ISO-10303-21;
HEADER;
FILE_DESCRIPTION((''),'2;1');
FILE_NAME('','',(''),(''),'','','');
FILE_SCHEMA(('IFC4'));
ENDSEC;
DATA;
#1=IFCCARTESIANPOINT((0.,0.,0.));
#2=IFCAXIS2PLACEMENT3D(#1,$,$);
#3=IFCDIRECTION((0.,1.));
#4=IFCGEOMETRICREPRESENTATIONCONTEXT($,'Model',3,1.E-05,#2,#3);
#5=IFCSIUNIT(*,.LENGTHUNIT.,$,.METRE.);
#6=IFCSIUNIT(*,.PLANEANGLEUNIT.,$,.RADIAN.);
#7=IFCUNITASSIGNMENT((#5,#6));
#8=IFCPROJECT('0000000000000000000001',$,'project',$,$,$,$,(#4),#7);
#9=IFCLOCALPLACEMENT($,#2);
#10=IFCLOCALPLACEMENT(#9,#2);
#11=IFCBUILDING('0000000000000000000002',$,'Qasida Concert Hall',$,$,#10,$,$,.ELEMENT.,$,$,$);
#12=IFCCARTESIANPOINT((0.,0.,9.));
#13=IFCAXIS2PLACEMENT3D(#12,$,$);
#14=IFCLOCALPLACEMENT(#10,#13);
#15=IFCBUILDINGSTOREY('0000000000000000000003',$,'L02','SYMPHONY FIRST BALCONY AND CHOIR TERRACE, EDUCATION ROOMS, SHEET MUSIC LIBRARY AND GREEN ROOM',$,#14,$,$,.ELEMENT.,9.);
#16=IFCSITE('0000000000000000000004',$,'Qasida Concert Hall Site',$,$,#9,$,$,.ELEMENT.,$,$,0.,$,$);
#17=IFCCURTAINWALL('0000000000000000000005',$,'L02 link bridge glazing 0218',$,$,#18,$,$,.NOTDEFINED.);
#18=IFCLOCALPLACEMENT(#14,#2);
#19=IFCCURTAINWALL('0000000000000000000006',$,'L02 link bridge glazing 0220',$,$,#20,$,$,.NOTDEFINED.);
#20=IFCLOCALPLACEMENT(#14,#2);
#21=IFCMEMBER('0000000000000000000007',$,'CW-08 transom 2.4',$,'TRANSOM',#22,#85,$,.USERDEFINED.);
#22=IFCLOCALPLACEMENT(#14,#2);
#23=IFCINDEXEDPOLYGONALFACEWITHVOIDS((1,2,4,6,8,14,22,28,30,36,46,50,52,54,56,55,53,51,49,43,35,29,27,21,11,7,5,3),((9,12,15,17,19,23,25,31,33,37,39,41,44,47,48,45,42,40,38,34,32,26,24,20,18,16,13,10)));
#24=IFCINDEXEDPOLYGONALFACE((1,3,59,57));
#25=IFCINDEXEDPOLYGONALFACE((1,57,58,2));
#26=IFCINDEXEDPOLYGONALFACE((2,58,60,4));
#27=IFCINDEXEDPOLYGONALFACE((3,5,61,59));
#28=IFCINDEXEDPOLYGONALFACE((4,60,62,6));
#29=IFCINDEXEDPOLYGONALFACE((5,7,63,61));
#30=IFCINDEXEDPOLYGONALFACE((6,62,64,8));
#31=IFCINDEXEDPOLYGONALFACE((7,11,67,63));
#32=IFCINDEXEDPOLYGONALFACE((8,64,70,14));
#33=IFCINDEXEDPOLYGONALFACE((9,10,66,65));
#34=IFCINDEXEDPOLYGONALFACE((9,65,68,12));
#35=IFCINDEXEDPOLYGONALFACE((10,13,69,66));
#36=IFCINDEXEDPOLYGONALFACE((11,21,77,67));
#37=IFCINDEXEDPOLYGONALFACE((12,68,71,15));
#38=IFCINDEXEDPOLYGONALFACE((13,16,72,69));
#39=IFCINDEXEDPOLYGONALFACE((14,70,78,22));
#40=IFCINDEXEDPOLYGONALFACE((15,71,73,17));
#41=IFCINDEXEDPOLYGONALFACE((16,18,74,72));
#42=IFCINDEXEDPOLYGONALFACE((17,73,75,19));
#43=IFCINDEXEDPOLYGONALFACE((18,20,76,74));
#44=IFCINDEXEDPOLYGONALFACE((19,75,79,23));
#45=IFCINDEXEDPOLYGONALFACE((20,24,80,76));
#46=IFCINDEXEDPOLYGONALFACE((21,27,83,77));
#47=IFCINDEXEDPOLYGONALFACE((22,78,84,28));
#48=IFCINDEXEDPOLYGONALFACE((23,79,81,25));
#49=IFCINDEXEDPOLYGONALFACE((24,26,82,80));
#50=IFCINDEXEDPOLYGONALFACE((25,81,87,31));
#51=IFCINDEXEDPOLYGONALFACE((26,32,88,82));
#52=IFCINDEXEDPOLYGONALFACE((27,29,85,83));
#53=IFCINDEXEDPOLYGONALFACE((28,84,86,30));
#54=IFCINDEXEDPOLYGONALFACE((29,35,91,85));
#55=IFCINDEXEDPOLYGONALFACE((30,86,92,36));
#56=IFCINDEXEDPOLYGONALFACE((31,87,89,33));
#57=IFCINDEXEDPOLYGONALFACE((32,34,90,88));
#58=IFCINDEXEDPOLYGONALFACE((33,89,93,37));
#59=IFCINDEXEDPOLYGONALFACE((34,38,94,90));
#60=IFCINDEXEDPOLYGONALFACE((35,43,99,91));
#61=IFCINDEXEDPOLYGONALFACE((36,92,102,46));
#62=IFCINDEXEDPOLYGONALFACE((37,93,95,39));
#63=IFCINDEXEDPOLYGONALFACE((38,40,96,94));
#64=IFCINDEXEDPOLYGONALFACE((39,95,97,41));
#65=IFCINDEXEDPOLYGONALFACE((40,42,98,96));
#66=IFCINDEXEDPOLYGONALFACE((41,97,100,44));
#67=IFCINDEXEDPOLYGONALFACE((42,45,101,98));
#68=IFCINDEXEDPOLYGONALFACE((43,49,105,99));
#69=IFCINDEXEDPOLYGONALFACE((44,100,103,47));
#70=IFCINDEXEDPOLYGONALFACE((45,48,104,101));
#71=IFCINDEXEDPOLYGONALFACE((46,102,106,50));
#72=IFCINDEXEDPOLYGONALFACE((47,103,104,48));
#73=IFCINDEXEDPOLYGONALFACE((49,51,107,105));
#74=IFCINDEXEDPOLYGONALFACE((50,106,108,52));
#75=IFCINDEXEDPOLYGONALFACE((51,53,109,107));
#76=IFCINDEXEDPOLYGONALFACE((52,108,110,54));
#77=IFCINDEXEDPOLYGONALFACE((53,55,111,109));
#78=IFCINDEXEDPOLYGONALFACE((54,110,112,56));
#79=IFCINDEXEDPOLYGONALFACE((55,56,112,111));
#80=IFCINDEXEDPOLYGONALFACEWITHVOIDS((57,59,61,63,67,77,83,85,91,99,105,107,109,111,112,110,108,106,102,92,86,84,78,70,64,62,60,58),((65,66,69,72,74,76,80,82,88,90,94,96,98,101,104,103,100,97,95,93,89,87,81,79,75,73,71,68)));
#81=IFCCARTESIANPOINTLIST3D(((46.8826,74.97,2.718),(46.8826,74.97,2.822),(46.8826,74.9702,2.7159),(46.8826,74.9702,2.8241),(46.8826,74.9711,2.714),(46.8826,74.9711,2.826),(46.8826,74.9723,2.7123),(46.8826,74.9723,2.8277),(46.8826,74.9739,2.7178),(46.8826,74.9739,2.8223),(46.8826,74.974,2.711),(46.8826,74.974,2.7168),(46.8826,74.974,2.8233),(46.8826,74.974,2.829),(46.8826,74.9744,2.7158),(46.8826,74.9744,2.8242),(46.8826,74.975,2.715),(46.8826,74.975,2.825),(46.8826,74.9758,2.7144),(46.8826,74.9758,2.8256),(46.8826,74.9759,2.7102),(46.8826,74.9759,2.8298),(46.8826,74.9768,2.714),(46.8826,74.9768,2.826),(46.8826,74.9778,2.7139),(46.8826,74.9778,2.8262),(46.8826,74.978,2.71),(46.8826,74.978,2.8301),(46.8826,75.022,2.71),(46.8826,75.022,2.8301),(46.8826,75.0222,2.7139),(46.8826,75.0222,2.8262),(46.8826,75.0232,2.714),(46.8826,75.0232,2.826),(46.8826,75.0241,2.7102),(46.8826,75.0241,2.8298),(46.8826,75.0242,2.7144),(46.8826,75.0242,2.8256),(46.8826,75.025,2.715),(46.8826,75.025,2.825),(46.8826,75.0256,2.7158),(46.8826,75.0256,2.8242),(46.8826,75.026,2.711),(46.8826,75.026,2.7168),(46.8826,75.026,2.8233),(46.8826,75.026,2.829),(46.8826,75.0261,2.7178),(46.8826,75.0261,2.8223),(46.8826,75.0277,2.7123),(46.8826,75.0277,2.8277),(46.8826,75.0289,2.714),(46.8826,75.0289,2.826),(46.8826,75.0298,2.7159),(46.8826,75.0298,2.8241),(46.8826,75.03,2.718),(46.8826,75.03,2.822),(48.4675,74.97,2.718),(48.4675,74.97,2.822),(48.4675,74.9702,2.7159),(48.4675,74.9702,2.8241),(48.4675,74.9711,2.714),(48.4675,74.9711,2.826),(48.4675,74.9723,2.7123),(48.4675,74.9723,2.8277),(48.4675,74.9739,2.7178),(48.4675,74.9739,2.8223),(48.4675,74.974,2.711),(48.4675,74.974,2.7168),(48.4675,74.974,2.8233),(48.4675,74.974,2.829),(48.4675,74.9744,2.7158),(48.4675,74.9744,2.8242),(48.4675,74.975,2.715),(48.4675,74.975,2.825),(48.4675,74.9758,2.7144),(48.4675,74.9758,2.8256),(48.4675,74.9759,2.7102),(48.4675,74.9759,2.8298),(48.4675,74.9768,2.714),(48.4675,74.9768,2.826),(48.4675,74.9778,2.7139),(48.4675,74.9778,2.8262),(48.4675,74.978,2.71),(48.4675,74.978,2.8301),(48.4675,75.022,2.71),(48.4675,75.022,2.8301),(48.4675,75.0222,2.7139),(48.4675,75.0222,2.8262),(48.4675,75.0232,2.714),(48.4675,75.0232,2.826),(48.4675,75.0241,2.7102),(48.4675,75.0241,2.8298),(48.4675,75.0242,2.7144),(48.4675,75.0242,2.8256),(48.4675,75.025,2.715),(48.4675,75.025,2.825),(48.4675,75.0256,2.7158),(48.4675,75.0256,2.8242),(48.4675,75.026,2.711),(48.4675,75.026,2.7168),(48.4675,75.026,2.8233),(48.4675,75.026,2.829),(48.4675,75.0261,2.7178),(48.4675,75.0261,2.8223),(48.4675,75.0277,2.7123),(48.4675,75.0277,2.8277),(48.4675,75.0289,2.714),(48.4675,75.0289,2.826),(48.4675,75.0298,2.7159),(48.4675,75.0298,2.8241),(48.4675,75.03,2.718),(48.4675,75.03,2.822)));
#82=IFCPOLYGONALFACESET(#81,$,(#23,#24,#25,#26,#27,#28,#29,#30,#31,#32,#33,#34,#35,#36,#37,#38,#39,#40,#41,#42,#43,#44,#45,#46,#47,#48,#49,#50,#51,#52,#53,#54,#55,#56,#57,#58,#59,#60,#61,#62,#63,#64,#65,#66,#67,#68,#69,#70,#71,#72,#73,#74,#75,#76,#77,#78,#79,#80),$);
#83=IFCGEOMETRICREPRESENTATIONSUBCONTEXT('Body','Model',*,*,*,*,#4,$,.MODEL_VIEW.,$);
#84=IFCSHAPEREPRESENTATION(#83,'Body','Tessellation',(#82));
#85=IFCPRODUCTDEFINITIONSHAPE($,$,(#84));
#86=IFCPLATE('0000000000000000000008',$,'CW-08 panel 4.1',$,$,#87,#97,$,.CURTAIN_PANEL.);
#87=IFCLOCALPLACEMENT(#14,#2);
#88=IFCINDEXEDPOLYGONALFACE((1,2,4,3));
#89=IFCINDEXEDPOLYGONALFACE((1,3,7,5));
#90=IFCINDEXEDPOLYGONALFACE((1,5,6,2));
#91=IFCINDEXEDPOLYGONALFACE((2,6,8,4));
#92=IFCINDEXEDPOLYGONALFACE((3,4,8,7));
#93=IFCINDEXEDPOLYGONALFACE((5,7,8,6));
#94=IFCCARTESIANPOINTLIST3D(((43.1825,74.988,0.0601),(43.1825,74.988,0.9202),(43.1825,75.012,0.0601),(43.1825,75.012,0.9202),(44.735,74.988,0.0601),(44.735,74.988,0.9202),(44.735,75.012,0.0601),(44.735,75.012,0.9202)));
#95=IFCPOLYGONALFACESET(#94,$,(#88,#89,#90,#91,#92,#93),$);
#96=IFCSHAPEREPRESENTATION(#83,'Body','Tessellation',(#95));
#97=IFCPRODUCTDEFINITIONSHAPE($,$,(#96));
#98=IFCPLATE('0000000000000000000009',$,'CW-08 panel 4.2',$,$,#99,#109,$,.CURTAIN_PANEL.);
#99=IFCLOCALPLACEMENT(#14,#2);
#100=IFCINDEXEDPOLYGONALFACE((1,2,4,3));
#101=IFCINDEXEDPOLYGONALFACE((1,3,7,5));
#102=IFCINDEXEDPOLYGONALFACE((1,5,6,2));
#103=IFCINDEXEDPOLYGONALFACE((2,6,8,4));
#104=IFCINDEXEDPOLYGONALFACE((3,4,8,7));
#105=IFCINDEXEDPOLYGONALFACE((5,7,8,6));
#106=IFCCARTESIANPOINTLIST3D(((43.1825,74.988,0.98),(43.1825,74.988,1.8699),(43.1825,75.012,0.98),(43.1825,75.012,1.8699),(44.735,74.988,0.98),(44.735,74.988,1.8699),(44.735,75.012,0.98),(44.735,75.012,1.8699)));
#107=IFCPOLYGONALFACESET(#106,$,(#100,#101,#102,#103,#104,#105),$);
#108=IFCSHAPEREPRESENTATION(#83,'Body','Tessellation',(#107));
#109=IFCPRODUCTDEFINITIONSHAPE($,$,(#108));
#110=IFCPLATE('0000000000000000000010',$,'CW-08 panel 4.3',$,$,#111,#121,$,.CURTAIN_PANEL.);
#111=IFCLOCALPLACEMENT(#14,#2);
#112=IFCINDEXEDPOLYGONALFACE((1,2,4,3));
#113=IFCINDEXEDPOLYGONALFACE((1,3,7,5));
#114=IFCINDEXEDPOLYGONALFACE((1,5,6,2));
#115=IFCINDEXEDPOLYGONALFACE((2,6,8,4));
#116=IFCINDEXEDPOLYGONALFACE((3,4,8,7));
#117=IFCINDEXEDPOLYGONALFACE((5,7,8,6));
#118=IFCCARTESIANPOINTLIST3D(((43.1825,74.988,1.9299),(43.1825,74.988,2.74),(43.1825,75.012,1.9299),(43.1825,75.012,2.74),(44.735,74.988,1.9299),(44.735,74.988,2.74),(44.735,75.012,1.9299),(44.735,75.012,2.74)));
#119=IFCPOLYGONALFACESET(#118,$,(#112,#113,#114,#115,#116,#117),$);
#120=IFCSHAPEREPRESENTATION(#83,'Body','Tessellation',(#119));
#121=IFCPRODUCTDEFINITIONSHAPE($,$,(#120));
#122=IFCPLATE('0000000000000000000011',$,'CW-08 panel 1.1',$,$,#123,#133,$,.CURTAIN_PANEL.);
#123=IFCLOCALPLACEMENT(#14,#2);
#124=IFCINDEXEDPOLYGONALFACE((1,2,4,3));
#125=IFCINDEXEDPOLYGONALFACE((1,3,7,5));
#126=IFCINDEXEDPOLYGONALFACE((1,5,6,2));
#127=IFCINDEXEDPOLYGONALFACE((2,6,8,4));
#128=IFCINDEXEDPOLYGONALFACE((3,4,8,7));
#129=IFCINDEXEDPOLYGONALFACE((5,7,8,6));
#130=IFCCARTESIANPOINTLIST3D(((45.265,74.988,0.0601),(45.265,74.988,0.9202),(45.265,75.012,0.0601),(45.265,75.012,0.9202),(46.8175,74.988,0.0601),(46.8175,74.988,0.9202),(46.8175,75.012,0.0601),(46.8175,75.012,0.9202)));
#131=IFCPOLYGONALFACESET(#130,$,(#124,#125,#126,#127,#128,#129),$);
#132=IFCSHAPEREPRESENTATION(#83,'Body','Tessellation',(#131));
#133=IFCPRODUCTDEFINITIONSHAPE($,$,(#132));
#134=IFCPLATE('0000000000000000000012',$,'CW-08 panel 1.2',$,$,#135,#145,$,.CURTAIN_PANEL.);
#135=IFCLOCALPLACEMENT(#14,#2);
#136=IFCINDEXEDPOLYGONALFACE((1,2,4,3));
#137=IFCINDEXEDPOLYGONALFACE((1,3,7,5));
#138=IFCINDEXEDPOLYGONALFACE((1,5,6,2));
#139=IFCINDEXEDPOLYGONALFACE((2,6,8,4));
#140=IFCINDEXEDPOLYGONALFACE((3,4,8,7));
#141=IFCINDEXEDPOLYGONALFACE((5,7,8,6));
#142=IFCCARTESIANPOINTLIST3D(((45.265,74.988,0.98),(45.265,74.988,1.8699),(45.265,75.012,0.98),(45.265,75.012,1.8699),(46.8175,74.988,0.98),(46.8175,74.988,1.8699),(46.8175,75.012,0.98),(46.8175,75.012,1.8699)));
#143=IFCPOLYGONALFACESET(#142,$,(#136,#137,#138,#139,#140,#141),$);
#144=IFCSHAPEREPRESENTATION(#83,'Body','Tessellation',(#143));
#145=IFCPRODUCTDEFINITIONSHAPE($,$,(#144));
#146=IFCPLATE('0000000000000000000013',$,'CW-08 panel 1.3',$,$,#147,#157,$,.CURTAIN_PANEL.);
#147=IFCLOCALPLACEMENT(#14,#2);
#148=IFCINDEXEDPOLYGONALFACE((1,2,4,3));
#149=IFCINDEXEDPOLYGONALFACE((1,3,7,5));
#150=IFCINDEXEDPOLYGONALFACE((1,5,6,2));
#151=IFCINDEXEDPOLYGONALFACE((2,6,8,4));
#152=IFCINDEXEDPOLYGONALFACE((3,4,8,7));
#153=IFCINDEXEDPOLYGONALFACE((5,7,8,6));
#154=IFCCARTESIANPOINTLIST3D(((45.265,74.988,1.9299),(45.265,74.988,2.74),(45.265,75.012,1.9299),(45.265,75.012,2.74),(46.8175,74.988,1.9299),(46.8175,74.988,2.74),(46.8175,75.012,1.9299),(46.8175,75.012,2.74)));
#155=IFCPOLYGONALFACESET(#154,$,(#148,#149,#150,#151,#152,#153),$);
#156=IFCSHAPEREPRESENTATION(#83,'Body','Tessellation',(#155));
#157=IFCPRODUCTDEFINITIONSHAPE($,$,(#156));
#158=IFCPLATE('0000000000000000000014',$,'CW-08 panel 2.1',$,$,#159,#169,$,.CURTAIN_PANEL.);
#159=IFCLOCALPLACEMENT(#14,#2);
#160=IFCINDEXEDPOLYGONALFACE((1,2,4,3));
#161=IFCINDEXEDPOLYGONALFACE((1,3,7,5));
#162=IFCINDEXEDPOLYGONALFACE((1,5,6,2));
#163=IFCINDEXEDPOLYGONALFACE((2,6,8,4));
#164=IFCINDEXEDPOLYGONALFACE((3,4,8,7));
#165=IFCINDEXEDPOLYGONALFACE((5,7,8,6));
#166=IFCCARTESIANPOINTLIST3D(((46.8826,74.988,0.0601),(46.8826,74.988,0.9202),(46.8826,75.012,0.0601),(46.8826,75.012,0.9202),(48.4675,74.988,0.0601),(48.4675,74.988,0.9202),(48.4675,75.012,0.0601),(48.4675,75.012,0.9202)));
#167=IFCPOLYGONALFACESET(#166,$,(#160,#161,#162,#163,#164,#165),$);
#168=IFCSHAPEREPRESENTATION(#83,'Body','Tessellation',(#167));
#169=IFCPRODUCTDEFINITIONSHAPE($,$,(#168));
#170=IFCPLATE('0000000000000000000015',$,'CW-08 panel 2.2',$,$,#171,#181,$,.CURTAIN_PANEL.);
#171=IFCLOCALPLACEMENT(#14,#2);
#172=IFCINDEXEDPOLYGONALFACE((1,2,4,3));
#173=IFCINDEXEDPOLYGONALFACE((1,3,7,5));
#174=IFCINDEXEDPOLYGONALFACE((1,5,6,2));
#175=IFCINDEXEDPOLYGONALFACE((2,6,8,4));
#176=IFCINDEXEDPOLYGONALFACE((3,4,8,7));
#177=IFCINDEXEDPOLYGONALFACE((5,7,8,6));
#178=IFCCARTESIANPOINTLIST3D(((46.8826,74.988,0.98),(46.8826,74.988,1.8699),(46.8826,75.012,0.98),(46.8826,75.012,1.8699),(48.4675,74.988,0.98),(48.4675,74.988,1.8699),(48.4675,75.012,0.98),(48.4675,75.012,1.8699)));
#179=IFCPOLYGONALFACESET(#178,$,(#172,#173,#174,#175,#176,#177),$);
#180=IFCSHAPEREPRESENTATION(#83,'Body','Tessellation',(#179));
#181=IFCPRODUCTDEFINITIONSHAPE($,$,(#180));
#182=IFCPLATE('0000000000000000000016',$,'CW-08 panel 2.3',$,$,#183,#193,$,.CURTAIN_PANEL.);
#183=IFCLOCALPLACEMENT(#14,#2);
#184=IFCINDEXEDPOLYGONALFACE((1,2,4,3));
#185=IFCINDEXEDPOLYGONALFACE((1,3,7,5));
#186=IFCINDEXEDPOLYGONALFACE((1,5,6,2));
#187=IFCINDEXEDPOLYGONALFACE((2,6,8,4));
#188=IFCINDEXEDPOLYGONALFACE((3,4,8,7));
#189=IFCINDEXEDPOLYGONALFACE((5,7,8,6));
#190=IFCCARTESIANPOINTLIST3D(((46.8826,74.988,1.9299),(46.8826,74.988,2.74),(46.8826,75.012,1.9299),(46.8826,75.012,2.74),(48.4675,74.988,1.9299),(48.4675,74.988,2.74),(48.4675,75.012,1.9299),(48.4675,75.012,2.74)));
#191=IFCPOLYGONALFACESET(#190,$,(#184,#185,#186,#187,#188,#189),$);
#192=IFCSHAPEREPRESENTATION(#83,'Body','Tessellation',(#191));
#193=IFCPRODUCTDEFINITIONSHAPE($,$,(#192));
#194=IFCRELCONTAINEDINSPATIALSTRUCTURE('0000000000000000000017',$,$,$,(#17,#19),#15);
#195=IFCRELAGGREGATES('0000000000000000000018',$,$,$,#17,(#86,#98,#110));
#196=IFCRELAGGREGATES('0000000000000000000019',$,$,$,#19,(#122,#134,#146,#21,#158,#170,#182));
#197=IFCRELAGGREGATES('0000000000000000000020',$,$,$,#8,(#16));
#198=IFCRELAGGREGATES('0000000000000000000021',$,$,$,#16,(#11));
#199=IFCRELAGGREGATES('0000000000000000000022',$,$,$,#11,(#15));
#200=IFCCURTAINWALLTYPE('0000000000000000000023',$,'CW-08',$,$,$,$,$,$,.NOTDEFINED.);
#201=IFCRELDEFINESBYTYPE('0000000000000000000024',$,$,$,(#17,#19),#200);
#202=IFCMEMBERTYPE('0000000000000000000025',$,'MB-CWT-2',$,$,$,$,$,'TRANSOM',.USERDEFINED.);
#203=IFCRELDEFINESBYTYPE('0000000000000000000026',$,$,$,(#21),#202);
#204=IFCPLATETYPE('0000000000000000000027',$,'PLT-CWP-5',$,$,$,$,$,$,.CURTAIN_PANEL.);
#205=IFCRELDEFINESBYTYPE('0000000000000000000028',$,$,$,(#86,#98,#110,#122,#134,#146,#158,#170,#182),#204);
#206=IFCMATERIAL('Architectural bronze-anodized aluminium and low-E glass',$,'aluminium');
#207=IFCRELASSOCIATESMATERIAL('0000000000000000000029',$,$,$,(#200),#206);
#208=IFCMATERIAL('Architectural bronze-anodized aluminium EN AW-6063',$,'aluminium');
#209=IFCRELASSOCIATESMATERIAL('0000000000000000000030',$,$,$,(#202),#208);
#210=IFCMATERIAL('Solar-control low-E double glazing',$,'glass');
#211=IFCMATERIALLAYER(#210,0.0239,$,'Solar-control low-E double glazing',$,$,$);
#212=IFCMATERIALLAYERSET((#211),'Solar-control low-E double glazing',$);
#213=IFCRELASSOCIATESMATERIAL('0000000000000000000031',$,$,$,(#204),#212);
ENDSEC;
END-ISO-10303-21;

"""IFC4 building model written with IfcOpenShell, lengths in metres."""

from ifc_helpers import new_model, si_unit, direction, frame, origin, origin_2d, place, context, subcontext, project, spatial, rectangle, hollow_rectangle, extrude, material, layer, layer_set, material_profile, profile_set, type_object, element, aggregate, save


model = new_model("IFC4")

# Units and contexts
model_context = context("Model", 3, precision=1e-05, world=origin(), true_north=direction((0.0, 1.0)))
body_context = subcontext(model_context, "Body", "Model", "MODEL_VIEW")
ifc_project = project(units=[si_unit("LENGTHUNIT", "METRE"), si_unit("PLANEANGLEUNIT", "RADIAN")], contexts=[model_context])

# Site, building, storey
site_placement = place(None, origin())
site = spatial("IfcSite", under=ifc_project, at=site_placement, Name="Qasida Concert Hall Site", CompositionType="ELEMENT", RefElevation=0.0)
building_placement = place(site_placement, origin())
building = spatial("IfcBuilding", under=site, at=building_placement, Name="Qasida Concert Hall", CompositionType="ELEMENT")
storey_placement = place(building_placement, frame((0.0, 0.0, 9.0)))
storey = spatial("IfcBuildingStorey", under=building, at=storey_placement, Name="L02", Description="SYMPHONY FIRST BALCONY AND CHOIR TERRACE, EDUCATION ROOMS, SHEET MUSIC LIBRARY AND GREEN ROOM", CompositionType="ELEMENT", Elevation=9.0)

# Curtain wall
ifc_material_1 = material(Name="Architectural bronze-anodized aluminium and low-E glass", Category="aluminium")
curtain_wall_type = type_object("IfcCurtainWallType", Name="CW-08", PredefinedType="NOTDEFINED", material=ifc_material_1)
curtain_wall_1_placement = place(storey_placement, origin())
curtain_wall_1 = element("IfcCurtainWall", 1, at=curtain_wall_1_placement, inside=storey, type_object=curtain_wall_type, Name="L02 link bridge glazing 0218", PredefinedType="NOTDEFINED")
ifc_material_2 = material(Name="Architectural bronze-anodized aluminium EN AW-6063", Category="aluminium")

# Curtain wall
curtain_wall_2_placement = place(storey_placement, origin())
curtain_wall_2 = element("IfcCurtainWall", 2, at=curtain_wall_2_placement, inside=storey, type_object=curtain_wall_type, Name="L02 link bridge glazing 0220", PredefinedType="NOTDEFINED")

# Member
ifc_material_profile_1 = material_profile(ifc_material_2, hollow_rectangle(XDim=0.0601, YDim=0.1201, WallThickness=0.0039, InnerFilletRadius=0.0039, OuterFilletRadius=0.0081, at=origin_2d()), Name="CWT 120x60x4")
ifc_profile_set_1 = profile_set([ifc_material_profile_1], Name="Architectural bronze-anodized aluminium EN AW-6063")
member_type_1 = type_object("IfcMemberType", Name="MB-CWT-2", ElementType="TRANSOM", PredefinedType="USERDEFINED", material=ifc_profile_set_1)
member_1_placement = place(storey_placement, frame((46.8826, 75.0, 2.77), z_axis=(1.0, 0.0, 0.0), x_axis=(0.0, 1.0, 0.0)))
member_1 = element("IfcMember", 3, at=member_1_placement, type_object=member_type_1, Name="CW-08 transom 2.4", ObjectType="TRANSOM", PredefinedType="USERDEFINED", context=body_context, shape_type="SweptSolid", body=[
    extrude(hollow_rectangle(XDim=0.0601, YDim=0.1201, WallThickness=0.0039, InnerFilletRadius=0.0039, OuterFilletRadius=0.0081, at=origin_2d()), origin(), (0.0, 0.0, 1.0), 1.585),
])

# Plates
ifc_material_3 = material(Name="Solar-control low-E double glazing", Category="glass")
ifc_layer = layer(ifc_material_3, 0.0239, Name="Solar-control low-E double glazing")
ifc_layer_set = layer_set([ifc_layer], Name="Solar-control low-E double glazing")
plate_type = type_object("IfcPlateType", Name="PLT-CWP-5", PredefinedType="CURTAIN_PANEL", material=ifc_layer_set)
plate_1_placement = place(storey_placement, frame((43.9587, 75.0, 0.0601), z_axis=(0.0, 0.0, 1.0), x_axis=(1.0, 0.0, 0.0)))
plate_1 = element("IfcPlate", 4, at=plate_1_placement, type_object=plate_type, Name="CW-08 panel 4.1", PredefinedType="CURTAIN_PANEL", context=body_context, shape_type="SweptSolid", body=[
    extrude(rectangle(XDim=1.5525, YDim=0.0239, at=origin_2d()), origin(), (0.0, 0.0, 1.0), 0.8601),
])
plate_2_placement = place(storey_placement, frame((43.9587, 75.0, 0.98), z_axis=(0.0, 0.0, 1.0), x_axis=(1.0, 0.0, 0.0)))
plate_2 = element("IfcPlate", 5, at=plate_2_placement, type_object=plate_type, Name="CW-08 panel 4.2", PredefinedType="CURTAIN_PANEL", context=body_context, shape_type="SweptSolid", body=[
    extrude(rectangle(XDim=1.5525, YDim=0.0239, at=origin_2d()), origin(), (0.0, 0.0, 1.0), 0.8899),
])
plate_3_placement = place(storey_placement, frame((43.9587, 75.0, 1.9299), z_axis=(0.0, 0.0, 1.0), x_axis=(1.0, 0.0, 0.0)))
plate_3 = element("IfcPlate", 6, at=plate_3_placement, type_object=plate_type, Name="CW-08 panel 4.3", PredefinedType="CURTAIN_PANEL", context=body_context, shape_type="SweptSolid", body=[
    extrude(rectangle(XDim=1.5525, YDim=0.0239, at=origin_2d()), origin(), (0.0, 0.0, 1.0), 0.8101),
])
aggregate(curtain_wall_1, [plate_1, plate_2, plate_3])
plate_4_placement = place(storey_placement, frame((46.0413, 75.0, 0.0601), z_axis=(0.0, 0.0, 1.0), x_axis=(1.0, 0.0, 0.0)))
plate_4 = element("IfcPlate", 7, at=plate_4_placement, type_object=plate_type, Name="CW-08 panel 1.1", PredefinedType="CURTAIN_PANEL", context=body_context, shape_type="SweptSolid", body=[
    extrude(rectangle(XDim=1.5525, YDim=0.0239, at=origin_2d()), origin(), (0.0, 0.0, 1.0), 0.8601),
])
plate_5_placement = place(storey_placement, frame((46.0413, 75.0, 0.98), z_axis=(0.0, 0.0, 1.0), x_axis=(1.0, 0.0, 0.0)))
plate_5 = element("IfcPlate", 8, at=plate_5_placement, type_object=plate_type, Name="CW-08 panel 1.2", PredefinedType="CURTAIN_PANEL", context=body_context, shape_type="SweptSolid", body=[
    extrude(rectangle(XDim=1.5525, YDim=0.0239, at=origin_2d()), origin(), (0.0, 0.0, 1.0), 0.8899),
])
plate_6_placement = place(storey_placement, frame((46.0413, 75.0, 1.9299), z_axis=(0.0, 0.0, 1.0), x_axis=(1.0, 0.0, 0.0)))
plate_6 = element("IfcPlate", 9, at=plate_6_placement, type_object=plate_type, Name="CW-08 panel 1.3", PredefinedType="CURTAIN_PANEL", context=body_context, shape_type="SweptSolid", body=[
    extrude(rectangle(XDim=1.5525, YDim=0.0239, at=origin_2d()), origin(), (0.0, 0.0, 1.0), 0.8101),
])
plate_7_placement = place(storey_placement, frame((47.675, 75.0, 0.0601), z_axis=(0.0, 0.0, 1.0), x_axis=(1.0, 0.0, 0.0)))
plate_7 = element("IfcPlate", 10, at=plate_7_placement, type_object=plate_type, Name="CW-08 panel 2.1", PredefinedType="CURTAIN_PANEL", context=body_context, shape_type="SweptSolid", body=[
    extrude(rectangle(XDim=1.585, YDim=0.0239, at=origin_2d()), origin(), (0.0, 0.0, 1.0), 0.8601),
])
plate_8_placement = place(storey_placement, frame((47.675, 75.0, 0.98), z_axis=(0.0, 0.0, 1.0), x_axis=(1.0, 0.0, 0.0)))
plate_8 = element("IfcPlate", 11, at=plate_8_placement, type_object=plate_type, Name="CW-08 panel 2.2", PredefinedType="CURTAIN_PANEL", context=body_context, shape_type="SweptSolid", body=[
    extrude(rectangle(XDim=1.585, YDim=0.0239, at=origin_2d()), origin(), (0.0, 0.0, 1.0), 0.8899),
])
plate_9_placement = place(storey_placement, frame((47.675, 75.0, 1.9299), z_axis=(0.0, 0.0, 1.0), x_axis=(1.0, 0.0, 0.0)))
plate_9 = element("IfcPlate", 12, at=plate_9_placement, type_object=plate_type, Name="CW-08 panel 2.3", PredefinedType="CURTAIN_PANEL", context=body_context, shape_type="SweptSolid", body=[
    extrude(rectangle(XDim=1.585, YDim=0.0239, at=origin_2d()), origin(), (0.0, 0.0, 1.0), 0.8101),
])
aggregate(curtain_wall_2, [plate_4, plate_5, plate_6, member_1, plate_7, plate_8, plate_9])

save(model, "model.ifc")
